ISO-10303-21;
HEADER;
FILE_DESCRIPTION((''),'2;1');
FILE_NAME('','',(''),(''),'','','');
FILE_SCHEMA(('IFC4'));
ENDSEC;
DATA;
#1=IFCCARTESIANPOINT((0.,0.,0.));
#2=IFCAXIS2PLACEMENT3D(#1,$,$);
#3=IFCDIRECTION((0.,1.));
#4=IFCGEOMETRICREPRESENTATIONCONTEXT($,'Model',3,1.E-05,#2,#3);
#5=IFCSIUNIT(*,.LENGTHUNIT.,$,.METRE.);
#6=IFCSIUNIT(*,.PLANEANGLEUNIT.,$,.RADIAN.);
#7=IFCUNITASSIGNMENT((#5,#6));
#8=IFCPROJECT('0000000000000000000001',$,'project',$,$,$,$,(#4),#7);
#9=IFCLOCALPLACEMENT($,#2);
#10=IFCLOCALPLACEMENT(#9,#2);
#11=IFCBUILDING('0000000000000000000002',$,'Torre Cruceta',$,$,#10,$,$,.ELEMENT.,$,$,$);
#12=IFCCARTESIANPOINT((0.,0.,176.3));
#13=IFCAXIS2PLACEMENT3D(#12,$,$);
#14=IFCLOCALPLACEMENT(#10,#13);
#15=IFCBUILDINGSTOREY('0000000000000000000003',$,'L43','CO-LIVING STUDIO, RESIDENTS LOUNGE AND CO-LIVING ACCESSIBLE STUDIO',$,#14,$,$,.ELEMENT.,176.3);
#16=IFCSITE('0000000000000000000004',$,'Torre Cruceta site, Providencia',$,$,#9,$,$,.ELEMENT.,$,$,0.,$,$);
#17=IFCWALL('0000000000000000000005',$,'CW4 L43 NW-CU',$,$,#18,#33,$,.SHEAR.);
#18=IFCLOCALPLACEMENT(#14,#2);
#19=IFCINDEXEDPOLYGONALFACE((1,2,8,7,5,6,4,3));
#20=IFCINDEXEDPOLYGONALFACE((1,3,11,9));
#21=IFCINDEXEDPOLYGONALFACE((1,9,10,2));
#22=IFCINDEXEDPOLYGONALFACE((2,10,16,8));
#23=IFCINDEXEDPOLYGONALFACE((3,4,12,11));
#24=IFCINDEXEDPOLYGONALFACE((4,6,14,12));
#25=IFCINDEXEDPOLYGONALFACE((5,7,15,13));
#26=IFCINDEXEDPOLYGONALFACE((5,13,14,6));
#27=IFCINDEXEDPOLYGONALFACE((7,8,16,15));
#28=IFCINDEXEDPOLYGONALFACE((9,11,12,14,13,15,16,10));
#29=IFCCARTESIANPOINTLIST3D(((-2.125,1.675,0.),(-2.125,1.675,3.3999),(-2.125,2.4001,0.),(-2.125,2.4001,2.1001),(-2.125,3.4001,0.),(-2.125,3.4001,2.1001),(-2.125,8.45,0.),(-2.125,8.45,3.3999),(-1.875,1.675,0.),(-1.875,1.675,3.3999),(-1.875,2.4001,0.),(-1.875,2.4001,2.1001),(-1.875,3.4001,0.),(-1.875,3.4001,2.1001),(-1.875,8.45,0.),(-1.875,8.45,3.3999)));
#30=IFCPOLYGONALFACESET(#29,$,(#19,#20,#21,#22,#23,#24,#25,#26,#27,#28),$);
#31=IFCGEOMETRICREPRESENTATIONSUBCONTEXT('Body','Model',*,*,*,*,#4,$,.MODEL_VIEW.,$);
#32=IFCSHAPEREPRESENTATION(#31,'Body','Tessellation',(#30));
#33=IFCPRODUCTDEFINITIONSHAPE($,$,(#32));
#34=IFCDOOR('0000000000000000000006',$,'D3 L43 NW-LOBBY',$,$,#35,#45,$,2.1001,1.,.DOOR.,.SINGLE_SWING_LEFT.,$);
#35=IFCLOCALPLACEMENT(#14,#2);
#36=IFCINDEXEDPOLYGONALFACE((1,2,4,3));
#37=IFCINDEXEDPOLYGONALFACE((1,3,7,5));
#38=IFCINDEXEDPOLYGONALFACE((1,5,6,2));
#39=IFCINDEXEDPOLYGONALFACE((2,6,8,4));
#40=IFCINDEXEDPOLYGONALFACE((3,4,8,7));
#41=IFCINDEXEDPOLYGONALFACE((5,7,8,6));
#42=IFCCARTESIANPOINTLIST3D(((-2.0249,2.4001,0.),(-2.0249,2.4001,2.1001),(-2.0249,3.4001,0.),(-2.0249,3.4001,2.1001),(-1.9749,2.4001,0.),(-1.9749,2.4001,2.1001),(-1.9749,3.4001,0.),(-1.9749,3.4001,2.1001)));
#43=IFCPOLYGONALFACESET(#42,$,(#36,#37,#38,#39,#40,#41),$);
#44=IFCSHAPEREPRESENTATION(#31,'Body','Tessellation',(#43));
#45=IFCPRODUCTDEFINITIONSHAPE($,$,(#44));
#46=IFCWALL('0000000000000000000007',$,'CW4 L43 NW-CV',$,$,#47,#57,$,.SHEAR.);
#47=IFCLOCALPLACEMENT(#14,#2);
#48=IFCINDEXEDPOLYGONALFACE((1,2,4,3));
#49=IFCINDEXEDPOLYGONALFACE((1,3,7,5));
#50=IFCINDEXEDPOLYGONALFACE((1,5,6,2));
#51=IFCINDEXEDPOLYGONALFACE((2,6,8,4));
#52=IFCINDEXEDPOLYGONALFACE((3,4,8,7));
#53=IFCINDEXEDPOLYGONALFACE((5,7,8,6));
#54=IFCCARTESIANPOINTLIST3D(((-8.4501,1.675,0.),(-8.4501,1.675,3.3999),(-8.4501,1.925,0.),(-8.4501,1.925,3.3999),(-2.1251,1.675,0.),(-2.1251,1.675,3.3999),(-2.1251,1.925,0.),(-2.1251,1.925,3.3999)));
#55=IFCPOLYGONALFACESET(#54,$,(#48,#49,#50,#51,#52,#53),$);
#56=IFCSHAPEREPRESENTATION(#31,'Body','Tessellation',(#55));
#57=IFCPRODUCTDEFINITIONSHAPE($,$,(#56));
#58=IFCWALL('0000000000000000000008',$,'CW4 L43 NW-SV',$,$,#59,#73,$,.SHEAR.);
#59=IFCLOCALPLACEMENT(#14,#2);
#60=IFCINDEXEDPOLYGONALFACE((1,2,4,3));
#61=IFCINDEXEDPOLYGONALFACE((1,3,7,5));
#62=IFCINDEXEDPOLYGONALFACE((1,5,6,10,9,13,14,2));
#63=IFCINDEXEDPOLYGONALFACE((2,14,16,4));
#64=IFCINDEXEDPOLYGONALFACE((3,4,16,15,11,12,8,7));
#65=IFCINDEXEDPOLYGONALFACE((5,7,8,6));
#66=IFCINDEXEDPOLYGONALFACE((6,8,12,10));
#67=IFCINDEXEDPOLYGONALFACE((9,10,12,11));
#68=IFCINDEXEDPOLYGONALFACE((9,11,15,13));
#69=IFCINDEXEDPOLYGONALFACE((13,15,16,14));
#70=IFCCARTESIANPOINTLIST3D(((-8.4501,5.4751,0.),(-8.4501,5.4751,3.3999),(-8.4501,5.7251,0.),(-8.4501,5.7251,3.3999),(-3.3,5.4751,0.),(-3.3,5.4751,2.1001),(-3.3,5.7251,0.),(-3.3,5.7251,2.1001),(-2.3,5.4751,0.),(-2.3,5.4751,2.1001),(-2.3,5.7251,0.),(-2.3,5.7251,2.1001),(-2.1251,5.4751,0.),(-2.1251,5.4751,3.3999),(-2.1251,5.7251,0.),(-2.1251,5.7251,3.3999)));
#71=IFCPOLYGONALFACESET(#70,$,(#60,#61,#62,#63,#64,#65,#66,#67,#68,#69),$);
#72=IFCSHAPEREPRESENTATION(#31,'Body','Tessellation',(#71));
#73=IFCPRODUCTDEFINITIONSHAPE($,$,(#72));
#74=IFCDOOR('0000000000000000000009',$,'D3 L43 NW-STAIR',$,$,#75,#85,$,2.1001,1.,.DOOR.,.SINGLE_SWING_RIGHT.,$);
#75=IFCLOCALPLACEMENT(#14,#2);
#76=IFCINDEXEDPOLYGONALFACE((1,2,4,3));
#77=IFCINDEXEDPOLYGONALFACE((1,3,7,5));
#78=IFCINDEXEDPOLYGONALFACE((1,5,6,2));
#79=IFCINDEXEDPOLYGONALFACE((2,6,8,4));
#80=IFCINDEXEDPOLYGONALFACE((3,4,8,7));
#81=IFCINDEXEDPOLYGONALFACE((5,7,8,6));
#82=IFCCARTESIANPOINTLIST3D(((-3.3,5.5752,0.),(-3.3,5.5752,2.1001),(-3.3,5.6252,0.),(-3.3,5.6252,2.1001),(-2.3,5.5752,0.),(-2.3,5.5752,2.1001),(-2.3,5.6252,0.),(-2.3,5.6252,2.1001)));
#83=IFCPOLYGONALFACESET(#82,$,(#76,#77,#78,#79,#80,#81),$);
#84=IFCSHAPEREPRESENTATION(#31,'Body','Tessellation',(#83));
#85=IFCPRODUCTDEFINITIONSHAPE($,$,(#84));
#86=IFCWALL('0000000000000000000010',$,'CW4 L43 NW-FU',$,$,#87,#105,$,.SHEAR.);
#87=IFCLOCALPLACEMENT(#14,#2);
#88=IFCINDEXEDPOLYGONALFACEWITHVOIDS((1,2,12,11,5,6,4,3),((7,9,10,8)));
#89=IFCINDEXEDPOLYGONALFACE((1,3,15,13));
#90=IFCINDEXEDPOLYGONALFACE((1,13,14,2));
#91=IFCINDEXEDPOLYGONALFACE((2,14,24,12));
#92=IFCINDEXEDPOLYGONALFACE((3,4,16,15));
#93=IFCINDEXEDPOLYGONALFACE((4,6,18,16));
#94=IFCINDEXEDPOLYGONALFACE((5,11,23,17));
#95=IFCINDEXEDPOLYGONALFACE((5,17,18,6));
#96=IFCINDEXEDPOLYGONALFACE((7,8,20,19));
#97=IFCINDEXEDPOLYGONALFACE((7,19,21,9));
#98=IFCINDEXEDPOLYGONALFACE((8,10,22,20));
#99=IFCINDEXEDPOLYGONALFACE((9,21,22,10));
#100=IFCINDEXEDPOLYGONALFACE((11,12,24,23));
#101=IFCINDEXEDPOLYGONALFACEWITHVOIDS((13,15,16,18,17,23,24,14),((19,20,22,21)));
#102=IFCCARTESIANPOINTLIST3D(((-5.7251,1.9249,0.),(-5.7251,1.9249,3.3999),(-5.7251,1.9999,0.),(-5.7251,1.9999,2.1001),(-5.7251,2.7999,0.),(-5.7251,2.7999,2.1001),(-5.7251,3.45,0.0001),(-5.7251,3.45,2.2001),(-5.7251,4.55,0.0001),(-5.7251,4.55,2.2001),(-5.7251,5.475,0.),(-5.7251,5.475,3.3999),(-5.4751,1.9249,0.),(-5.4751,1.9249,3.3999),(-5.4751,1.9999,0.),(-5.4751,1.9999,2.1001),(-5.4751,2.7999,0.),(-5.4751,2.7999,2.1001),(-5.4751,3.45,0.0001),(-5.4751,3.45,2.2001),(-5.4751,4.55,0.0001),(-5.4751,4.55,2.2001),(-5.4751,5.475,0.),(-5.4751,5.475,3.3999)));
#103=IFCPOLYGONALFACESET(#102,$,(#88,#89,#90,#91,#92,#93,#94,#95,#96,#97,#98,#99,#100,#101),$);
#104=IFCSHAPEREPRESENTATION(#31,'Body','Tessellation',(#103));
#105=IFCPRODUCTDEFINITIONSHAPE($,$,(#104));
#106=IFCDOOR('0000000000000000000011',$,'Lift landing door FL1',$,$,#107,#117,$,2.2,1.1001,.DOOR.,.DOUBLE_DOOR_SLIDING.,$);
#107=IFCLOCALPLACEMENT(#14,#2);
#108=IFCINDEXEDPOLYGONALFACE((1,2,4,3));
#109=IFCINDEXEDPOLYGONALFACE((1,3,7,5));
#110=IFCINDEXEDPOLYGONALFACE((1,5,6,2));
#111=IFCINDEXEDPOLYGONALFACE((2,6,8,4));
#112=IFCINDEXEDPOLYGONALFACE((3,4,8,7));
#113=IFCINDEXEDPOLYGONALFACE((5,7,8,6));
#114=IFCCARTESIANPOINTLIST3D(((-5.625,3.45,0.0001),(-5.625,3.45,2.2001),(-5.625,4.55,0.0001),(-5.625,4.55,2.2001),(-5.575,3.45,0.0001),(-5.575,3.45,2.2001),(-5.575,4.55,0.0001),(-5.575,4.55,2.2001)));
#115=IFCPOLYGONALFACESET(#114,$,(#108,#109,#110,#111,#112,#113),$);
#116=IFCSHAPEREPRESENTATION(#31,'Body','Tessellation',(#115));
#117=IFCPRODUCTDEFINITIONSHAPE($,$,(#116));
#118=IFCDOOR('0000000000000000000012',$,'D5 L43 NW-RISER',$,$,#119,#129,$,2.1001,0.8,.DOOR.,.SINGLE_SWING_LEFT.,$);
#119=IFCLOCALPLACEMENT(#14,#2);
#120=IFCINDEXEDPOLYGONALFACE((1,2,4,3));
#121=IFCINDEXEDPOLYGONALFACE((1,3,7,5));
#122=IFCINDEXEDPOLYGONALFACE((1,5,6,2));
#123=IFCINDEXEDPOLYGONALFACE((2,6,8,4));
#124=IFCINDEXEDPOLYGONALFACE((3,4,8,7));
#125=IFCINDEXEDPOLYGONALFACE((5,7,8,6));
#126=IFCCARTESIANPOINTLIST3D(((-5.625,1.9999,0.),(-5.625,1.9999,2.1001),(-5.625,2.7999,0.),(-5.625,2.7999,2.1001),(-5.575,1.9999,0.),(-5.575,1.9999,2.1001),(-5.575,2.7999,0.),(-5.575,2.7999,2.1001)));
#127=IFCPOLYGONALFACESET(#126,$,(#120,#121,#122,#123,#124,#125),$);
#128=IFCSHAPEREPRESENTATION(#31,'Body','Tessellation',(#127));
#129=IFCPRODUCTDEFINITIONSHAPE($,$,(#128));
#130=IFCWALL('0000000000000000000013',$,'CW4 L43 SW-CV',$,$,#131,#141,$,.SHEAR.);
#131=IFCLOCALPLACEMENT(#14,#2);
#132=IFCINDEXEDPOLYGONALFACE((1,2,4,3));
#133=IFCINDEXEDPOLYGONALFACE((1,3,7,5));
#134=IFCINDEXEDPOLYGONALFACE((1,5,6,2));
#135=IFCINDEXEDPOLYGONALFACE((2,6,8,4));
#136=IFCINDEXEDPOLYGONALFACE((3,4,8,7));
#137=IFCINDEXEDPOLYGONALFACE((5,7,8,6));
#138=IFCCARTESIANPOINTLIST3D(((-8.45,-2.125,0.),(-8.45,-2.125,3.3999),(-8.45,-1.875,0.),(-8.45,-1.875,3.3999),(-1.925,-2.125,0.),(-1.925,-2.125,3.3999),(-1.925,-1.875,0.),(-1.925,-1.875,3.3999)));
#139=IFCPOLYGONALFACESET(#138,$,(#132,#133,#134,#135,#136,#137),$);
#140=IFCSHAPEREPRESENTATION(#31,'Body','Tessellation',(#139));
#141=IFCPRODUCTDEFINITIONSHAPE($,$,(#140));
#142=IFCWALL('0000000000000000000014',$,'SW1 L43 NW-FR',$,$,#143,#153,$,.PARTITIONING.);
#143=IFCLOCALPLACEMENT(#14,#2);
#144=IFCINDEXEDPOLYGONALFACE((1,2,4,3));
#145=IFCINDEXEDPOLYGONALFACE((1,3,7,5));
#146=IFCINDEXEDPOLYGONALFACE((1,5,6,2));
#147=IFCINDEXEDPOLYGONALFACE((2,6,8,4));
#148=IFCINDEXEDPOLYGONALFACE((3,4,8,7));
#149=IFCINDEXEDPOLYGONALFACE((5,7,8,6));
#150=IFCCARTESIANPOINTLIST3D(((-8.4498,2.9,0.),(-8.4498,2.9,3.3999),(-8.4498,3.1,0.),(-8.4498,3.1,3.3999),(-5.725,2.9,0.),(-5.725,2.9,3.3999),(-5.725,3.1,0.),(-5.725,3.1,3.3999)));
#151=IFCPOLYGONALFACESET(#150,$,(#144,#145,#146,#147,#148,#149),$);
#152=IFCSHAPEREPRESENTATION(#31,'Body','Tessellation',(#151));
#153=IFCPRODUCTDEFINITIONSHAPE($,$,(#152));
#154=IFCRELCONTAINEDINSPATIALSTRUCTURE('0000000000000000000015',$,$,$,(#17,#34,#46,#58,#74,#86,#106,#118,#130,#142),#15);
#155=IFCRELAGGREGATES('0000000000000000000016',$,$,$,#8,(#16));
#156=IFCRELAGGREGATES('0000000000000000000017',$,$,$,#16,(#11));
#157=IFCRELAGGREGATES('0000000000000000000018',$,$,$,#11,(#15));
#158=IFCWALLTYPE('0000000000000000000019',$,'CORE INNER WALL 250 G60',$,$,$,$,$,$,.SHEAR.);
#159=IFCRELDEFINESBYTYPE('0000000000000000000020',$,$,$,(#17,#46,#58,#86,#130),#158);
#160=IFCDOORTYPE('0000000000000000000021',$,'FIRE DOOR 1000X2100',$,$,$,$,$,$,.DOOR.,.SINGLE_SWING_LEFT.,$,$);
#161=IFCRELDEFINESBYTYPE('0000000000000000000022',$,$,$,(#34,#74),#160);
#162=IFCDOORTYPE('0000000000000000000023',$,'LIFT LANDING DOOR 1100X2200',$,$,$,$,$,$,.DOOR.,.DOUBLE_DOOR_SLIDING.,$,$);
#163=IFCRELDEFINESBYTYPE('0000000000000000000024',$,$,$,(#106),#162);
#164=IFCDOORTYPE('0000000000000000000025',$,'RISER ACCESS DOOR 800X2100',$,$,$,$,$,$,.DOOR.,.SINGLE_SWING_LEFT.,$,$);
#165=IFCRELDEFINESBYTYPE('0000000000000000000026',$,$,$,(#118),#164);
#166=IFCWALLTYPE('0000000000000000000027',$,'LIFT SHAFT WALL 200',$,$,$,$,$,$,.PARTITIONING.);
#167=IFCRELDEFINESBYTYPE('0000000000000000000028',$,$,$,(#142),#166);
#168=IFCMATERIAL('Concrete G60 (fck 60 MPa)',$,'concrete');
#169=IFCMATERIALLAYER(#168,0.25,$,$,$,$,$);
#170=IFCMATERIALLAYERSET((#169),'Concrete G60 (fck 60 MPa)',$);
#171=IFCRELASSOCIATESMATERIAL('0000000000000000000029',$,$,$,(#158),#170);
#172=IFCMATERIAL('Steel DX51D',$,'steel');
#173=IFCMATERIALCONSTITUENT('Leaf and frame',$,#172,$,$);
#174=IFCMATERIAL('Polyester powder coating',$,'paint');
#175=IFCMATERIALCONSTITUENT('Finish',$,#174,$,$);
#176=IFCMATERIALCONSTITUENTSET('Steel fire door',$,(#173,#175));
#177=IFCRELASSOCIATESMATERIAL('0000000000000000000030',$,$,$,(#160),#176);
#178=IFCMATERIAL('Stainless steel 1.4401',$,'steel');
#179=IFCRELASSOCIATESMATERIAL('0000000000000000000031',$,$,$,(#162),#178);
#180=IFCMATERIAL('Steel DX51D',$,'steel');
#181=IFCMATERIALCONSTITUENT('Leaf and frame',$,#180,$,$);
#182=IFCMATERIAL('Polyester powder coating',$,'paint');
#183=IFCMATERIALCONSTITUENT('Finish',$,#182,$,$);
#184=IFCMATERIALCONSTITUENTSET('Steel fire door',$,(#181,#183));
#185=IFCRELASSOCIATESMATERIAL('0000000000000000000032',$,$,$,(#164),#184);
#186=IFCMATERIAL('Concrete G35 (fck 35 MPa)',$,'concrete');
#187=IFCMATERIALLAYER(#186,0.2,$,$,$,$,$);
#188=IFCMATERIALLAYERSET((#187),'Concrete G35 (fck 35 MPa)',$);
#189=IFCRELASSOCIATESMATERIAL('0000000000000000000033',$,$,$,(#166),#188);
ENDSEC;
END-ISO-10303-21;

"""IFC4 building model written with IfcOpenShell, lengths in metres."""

from ifc_helpers import new_model, si_unit, direction, frame, frame_2d, origin, place, context, subcontext, project, spatial, rectangle, extrude, material, layer, layer_set, constituent, constituent_set, type_object, element, fill, save


model = new_model("IFC4")

# Units and contexts
model_context = context("Model", 3, precision=1e-05, world=origin(), true_north=direction((0.0, 1.0)))
body_context = subcontext(model_context, "Body", "Model", "MODEL_VIEW")
ifc_project = project(units=[si_unit("LENGTHUNIT", "METRE"), si_unit("PLANEANGLEUNIT", "RADIAN")], contexts=[model_context])

# Site, building, storey
site_placement = place(None, origin())
site = spatial("IfcSite", under=ifc_project, at=site_placement, Name="Torre Cruceta site, Providencia", CompositionType="ELEMENT", RefElevation=0.0)
building_placement = place(site_placement, origin())
building = spatial("IfcBuilding", under=site, at=building_placement, Name="Torre Cruceta", CompositionType="ELEMENT")
storey_placement = place(building_placement, frame((0.0, 0.0, 176.3)))
storey = spatial("IfcBuildingStorey", under=building, at=storey_placement, Name="L43", Description="CO-LIVING STUDIO, RESIDENTS LOUNGE AND CO-LIVING ACCESSIBLE STUDIO", CompositionType="ELEMENT", Elevation=176.3)

# Wall, opening, door
ifc_material_1 = material(Name="Concrete G60 (fck 60 MPa)", Category="concrete")
ifc_layer_1 = layer(ifc_material_1, 0.25)
ifc_layer_set_1 = layer_set([ifc_layer_1], Name="Concrete G60 (fck 60 MPa)")
wall_type_1 = type_object("IfcWallType", Name="CORE INNER WALL 250 G60", PredefinedType="SHEAR", material=ifc_layer_set_1)
wall_1_placement = place(storey_placement, frame((-2.0, 1.675, 0.0), z_axis=(0.0, 0.0, 1.0), x_axis=(0.0, 1.0, 0.0)))
wall_1 = element("IfcWall", 1, at=wall_1_placement, inside=storey, type_object=wall_type_1, Name="CW4 L43 NW-CU", PredefinedType="SHEAR", context=body_context, shape_type="SweptSolid", body=[
    extrude(rectangle(XDim=6.7749, YDim=0.25, at=frame_2d((3.3875, 0.0))), origin(), (0.0, 0.0, 1.0), 3.3999),
])
opening_1_placement = place(wall_1_placement, frame((0.7251, 0.0, 0.0)))
opening_1 = element("IfcOpeningElement", 2, at=opening_1_placement, cuts=wall_1, PredefinedType="OPENING", context=body_context, shape_type="SweptSolid", body=[
    extrude(rectangle(XDim=1.0, YDim=2.1001, at=frame_2d((0.5, 1.05))), frame((0.0, 0.135, 0.0), z_axis=(0.0, -1.0, 0.0), x_axis=(1.0, 0.0, 0.0)), (0.0, 0.0, 1.0), 0.27),
])
ifc_material_2 = material(Name="Steel DX51D", Category="steel")
ifc_constituent_1 = constituent(ifc_material_2, Name="Leaf and frame")
ifc_material_3 = material(Name="Polyester powder coating", Category="paint")
ifc_constituent_2 = constituent(ifc_material_3, Name="Finish")
ifc_constituent_set_1 = constituent_set(constituents=[ifc_constituent_1, ifc_constituent_2], Name="Steel fire door")
door_type_1 = type_object("IfcDoorType", Name="FIRE DOOR 1000X2100", OperationType="SINGLE_SWING_LEFT", PredefinedType="DOOR", material=ifc_constituent_set_1)
door_1_placement = place(opening_1_placement, origin())
door_1 = element("IfcDoor", 3, at=door_1_placement, inside=storey, type_object=door_type_1, Name="D3 L43 NW-LOBBY", OperationType="SINGLE_SWING_LEFT", OverallHeight=2.1001, OverallWidth=1.0, PredefinedType="DOOR", context=body_context, shape_type="SweptSolid", body=[
    extrude(rectangle(XDim=1.0, YDim=2.1001, at=frame_2d((0.5, 1.05))), frame((0.0, 0.0249, 0.0), z_axis=(0.0, -1.0, 0.0), x_axis=(1.0, 0.0, 0.0)), (0.0, 0.0, 1.0), 0.05),
])
fill(opening_1, door_1)

# Wall
wall_2_placement = place(storey_placement, frame((-2.125, 1.8, 0.0), z_axis=(0.0, 0.0, 1.0), x_axis=(-1.0, 0.0, 0.0)))
element("IfcWall", 4, at=wall_2_placement, inside=storey, type_object=wall_type_1, Name="CW4 L43 NW-CV", PredefinedType="SHEAR", context=body_context, shape_type="SweptSolid", body=[
    extrude(rectangle(XDim=6.325, YDim=0.25, at=frame_2d((3.1626, 0.0))), origin(), (0.0, 0.0, 1.0), 3.3999),
])

# Wall, opening, door
wall_3_placement = place(storey_placement, frame((-2.125, 5.6001, 0.0), z_axis=(0.0, 0.0, 1.0), x_axis=(-1.0, 0.0, 0.0)))
wall_3 = element("IfcWall", 5, at=wall_3_placement, inside=storey, type_object=wall_type_1, Name="CW4 L43 NW-SV", PredefinedType="SHEAR", context=body_context, shape_type="SweptSolid", body=[
    extrude(rectangle(XDim=6.325, YDim=0.25, at=frame_2d((3.1626, 0.0))), origin(), (0.0, 0.0, 1.0), 3.3999),
])
opening_2_placement = place(wall_3_placement, frame((0.175, 0.0, 0.0)))
opening_2 = element("IfcOpeningElement", 6, at=opening_2_placement, cuts=wall_3, PredefinedType="OPENING", context=body_context, shape_type="SweptSolid", body=[
    extrude(rectangle(XDim=1.0, YDim=2.1001, at=frame_2d((0.5, 1.05))), frame((0.0, 0.135, 0.0), z_axis=(0.0, -1.0, 0.0), x_axis=(1.0, 0.0, 0.0)), (0.0, 0.0, 1.0), 0.27),
])
door_2_placement = place(opening_2_placement, frame((1.0, 0.0, 0.0), z_axis=(0.0, 0.0, 1.0), x_axis=(-1.0, 0.0, 0.0)))
door_2 = element("IfcDoor", 7, at=door_2_placement, inside=storey, type_object=door_type_1, Name="D3 L43 NW-STAIR", OperationType="SINGLE_SWING_RIGHT", OverallHeight=2.1001, OverallWidth=1.0, PredefinedType="DOOR", context=body_context, shape_type="SweptSolid", body=[
    extrude(rectangle(XDim=1.0, YDim=2.1001, at=frame_2d((0.5, 1.05))), frame((0.0, 0.0251, 0.0), z_axis=(0.0, -1.0, 0.0), x_axis=(1.0, 0.0, 0.0)), (0.0, 0.0, 1.0), 0.05),
])
fill(opening_2, door_2)

# Wall, openings, doors
wall_4_placement = place(storey_placement, frame((-5.6001, 1.925, 0.0), z_axis=(0.0, 0.0, 1.0), x_axis=(0.0, 1.0, 0.0)))
wall_4 = element("IfcWall", 8, at=wall_4_placement, inside=storey, type_object=wall_type_1, Name="CW4 L43 NW-FU", PredefinedType="SHEAR", context=body_context, shape_type="SweptSolid", body=[
    extrude(rectangle(XDim=3.55, YDim=0.25, at=frame_2d((1.7749, 0.0))), origin(), (0.0, 0.0, 1.0), 3.3999),
])
opening_3_placement = place(wall_4_placement, frame((1.5249, 0.0, 0.0)))
opening_3 = element("IfcOpeningElement", 9, at=opening_3_placement, cuts=wall_4, PredefinedType="OPENING", context=body_context, shape_type="SweptSolid", body=[
    extrude(rectangle(XDim=1.1001, YDim=2.2, at=frame_2d((0.55, 1.1001))), frame((0.0, 0.135, 0.0), z_axis=(0.0, -1.0, 0.0), x_axis=(1.0, 0.0, 0.0)), (0.0, 0.0, 1.0), 0.27),
])
opening_4_placement = place(wall_4_placement, frame((0.075, 0.0, 0.0)))
opening_4 = element("IfcOpeningElement", 10, at=opening_4_placement, cuts=wall_4, PredefinedType="OPENING", context=body_context, shape_type="SweptSolid", body=[
    extrude(rectangle(XDim=0.8, YDim=2.1001, at=frame_2d((0.3999, 1.05))), frame((0.0, 0.135, 0.0), z_axis=(0.0, -1.0, 0.0), x_axis=(1.0, 0.0, 0.0)), (0.0, 0.0, 1.0), 0.27),
])
ifc_material_4 = material(Name="Stainless steel 1.4401", Category="steel")
door_type_2 = type_object("IfcDoorType", Name="LIFT LANDING DOOR 1100X2200", OperationType="DOUBLE_DOOR_SLIDING", PredefinedType="DOOR", material=ifc_material_4)
door_3_placement = place(opening_3_placement, origin())
door_3 = element("IfcDoor", 11, at=door_3_placement, inside=storey, type_object=door_type_2, Name="Lift landing door FL1", OperationType="DOUBLE_DOOR_SLIDING", OverallHeight=2.2, OverallWidth=1.1001, PredefinedType="DOOR", context=body_context, shape_type="SweptSolid", body=[
    extrude(rectangle(XDim=1.1001, YDim=2.2, at=frame_2d((0.55, 1.1001))), frame((0.0, 0.0249, 0.0), z_axis=(0.0, -1.0, 0.0), x_axis=(1.0, 0.0, 0.0)), (0.0, 0.0, 1.0), 0.05),
])
fill(opening_3, door_3)
ifc_material_5 = material(Name="Steel DX51D", Category="steel")
ifc_constituent_3 = constituent(ifc_material_5, Name="Leaf and frame")
ifc_material_6 = material(Name="Polyester powder coating", Category="paint")
ifc_constituent_4 = constituent(ifc_material_6, Name="Finish")
ifc_constituent_set_2 = constituent_set(constituents=[ifc_constituent_3, ifc_constituent_4], Name="Steel fire door")
door_type_3 = type_object("IfcDoorType", Name="RISER ACCESS DOOR 800X2100", OperationType="SINGLE_SWING_LEFT", PredefinedType="DOOR", material=ifc_constituent_set_2)
door_4_placement = place(opening_4_placement, origin())
door_4 = element("IfcDoor", 12, at=door_4_placement, inside=storey, type_object=door_type_3, Name="D5 L43 NW-RISER", OperationType="SINGLE_SWING_LEFT", OverallHeight=2.1001, OverallWidth=0.8, PredefinedType="DOOR", context=body_context, shape_type="SweptSolid", body=[
    extrude(rectangle(XDim=0.8, YDim=2.1001, at=frame_2d((0.3999, 1.05))), frame((0.0, 0.0249, 0.0), z_axis=(0.0, -1.0, 0.0), x_axis=(1.0, 0.0, 0.0)), (0.0, 0.0, 1.0), 0.05),
])
fill(opening_4, door_4)

# Walls
wall_5_placement = place(storey_placement, frame((-1.925, -2.0, 0.0), z_axis=(0.0, 0.0, 1.0), x_axis=(-1.0, 0.0, 0.0)))
element("IfcWall", 13, at=wall_5_placement, inside=storey, type_object=wall_type_1, Name="CW4 L43 SW-CV", PredefinedType="SHEAR", context=body_context, shape_type="SweptSolid", body=[
    extrude(rectangle(XDim=6.5249, YDim=0.25, at=frame_2d((3.2625, 0.0))), origin(), (0.0, 0.0, 1.0), 3.3999),
])
ifc_material_7 = material(Name="Concrete G35 (fck 35 MPa)", Category="concrete")
ifc_layer_2 = layer(ifc_material_7, 0.2)
ifc_layer_set_2 = layer_set([ifc_layer_2], Name="Concrete G35 (fck 35 MPa)")
wall_type_2 = type_object("IfcWallType", Name="LIFT SHAFT WALL 200", PredefinedType="PARTITIONING", material=ifc_layer_set_2)
wall_6_placement = place(storey_placement, frame((-5.7251, 3.0, 0.0), z_axis=(0.0, 0.0, 1.0), x_axis=(-1.0, 0.0, 0.0)))
element("IfcWall", 14, at=wall_6_placement, inside=storey, type_object=wall_type_2, Name="SW1 L43 NW-FR", PredefinedType="PARTITIONING", context=body_context, shape_type="SweptSolid", body=[
    extrude(rectangle(XDim=2.7249, YDim=0.2, at=frame_2d((1.3623, 0.0))), origin(), (0.0, 0.0, 1.0), 3.3999),
])

save(model, "model.ifc")
